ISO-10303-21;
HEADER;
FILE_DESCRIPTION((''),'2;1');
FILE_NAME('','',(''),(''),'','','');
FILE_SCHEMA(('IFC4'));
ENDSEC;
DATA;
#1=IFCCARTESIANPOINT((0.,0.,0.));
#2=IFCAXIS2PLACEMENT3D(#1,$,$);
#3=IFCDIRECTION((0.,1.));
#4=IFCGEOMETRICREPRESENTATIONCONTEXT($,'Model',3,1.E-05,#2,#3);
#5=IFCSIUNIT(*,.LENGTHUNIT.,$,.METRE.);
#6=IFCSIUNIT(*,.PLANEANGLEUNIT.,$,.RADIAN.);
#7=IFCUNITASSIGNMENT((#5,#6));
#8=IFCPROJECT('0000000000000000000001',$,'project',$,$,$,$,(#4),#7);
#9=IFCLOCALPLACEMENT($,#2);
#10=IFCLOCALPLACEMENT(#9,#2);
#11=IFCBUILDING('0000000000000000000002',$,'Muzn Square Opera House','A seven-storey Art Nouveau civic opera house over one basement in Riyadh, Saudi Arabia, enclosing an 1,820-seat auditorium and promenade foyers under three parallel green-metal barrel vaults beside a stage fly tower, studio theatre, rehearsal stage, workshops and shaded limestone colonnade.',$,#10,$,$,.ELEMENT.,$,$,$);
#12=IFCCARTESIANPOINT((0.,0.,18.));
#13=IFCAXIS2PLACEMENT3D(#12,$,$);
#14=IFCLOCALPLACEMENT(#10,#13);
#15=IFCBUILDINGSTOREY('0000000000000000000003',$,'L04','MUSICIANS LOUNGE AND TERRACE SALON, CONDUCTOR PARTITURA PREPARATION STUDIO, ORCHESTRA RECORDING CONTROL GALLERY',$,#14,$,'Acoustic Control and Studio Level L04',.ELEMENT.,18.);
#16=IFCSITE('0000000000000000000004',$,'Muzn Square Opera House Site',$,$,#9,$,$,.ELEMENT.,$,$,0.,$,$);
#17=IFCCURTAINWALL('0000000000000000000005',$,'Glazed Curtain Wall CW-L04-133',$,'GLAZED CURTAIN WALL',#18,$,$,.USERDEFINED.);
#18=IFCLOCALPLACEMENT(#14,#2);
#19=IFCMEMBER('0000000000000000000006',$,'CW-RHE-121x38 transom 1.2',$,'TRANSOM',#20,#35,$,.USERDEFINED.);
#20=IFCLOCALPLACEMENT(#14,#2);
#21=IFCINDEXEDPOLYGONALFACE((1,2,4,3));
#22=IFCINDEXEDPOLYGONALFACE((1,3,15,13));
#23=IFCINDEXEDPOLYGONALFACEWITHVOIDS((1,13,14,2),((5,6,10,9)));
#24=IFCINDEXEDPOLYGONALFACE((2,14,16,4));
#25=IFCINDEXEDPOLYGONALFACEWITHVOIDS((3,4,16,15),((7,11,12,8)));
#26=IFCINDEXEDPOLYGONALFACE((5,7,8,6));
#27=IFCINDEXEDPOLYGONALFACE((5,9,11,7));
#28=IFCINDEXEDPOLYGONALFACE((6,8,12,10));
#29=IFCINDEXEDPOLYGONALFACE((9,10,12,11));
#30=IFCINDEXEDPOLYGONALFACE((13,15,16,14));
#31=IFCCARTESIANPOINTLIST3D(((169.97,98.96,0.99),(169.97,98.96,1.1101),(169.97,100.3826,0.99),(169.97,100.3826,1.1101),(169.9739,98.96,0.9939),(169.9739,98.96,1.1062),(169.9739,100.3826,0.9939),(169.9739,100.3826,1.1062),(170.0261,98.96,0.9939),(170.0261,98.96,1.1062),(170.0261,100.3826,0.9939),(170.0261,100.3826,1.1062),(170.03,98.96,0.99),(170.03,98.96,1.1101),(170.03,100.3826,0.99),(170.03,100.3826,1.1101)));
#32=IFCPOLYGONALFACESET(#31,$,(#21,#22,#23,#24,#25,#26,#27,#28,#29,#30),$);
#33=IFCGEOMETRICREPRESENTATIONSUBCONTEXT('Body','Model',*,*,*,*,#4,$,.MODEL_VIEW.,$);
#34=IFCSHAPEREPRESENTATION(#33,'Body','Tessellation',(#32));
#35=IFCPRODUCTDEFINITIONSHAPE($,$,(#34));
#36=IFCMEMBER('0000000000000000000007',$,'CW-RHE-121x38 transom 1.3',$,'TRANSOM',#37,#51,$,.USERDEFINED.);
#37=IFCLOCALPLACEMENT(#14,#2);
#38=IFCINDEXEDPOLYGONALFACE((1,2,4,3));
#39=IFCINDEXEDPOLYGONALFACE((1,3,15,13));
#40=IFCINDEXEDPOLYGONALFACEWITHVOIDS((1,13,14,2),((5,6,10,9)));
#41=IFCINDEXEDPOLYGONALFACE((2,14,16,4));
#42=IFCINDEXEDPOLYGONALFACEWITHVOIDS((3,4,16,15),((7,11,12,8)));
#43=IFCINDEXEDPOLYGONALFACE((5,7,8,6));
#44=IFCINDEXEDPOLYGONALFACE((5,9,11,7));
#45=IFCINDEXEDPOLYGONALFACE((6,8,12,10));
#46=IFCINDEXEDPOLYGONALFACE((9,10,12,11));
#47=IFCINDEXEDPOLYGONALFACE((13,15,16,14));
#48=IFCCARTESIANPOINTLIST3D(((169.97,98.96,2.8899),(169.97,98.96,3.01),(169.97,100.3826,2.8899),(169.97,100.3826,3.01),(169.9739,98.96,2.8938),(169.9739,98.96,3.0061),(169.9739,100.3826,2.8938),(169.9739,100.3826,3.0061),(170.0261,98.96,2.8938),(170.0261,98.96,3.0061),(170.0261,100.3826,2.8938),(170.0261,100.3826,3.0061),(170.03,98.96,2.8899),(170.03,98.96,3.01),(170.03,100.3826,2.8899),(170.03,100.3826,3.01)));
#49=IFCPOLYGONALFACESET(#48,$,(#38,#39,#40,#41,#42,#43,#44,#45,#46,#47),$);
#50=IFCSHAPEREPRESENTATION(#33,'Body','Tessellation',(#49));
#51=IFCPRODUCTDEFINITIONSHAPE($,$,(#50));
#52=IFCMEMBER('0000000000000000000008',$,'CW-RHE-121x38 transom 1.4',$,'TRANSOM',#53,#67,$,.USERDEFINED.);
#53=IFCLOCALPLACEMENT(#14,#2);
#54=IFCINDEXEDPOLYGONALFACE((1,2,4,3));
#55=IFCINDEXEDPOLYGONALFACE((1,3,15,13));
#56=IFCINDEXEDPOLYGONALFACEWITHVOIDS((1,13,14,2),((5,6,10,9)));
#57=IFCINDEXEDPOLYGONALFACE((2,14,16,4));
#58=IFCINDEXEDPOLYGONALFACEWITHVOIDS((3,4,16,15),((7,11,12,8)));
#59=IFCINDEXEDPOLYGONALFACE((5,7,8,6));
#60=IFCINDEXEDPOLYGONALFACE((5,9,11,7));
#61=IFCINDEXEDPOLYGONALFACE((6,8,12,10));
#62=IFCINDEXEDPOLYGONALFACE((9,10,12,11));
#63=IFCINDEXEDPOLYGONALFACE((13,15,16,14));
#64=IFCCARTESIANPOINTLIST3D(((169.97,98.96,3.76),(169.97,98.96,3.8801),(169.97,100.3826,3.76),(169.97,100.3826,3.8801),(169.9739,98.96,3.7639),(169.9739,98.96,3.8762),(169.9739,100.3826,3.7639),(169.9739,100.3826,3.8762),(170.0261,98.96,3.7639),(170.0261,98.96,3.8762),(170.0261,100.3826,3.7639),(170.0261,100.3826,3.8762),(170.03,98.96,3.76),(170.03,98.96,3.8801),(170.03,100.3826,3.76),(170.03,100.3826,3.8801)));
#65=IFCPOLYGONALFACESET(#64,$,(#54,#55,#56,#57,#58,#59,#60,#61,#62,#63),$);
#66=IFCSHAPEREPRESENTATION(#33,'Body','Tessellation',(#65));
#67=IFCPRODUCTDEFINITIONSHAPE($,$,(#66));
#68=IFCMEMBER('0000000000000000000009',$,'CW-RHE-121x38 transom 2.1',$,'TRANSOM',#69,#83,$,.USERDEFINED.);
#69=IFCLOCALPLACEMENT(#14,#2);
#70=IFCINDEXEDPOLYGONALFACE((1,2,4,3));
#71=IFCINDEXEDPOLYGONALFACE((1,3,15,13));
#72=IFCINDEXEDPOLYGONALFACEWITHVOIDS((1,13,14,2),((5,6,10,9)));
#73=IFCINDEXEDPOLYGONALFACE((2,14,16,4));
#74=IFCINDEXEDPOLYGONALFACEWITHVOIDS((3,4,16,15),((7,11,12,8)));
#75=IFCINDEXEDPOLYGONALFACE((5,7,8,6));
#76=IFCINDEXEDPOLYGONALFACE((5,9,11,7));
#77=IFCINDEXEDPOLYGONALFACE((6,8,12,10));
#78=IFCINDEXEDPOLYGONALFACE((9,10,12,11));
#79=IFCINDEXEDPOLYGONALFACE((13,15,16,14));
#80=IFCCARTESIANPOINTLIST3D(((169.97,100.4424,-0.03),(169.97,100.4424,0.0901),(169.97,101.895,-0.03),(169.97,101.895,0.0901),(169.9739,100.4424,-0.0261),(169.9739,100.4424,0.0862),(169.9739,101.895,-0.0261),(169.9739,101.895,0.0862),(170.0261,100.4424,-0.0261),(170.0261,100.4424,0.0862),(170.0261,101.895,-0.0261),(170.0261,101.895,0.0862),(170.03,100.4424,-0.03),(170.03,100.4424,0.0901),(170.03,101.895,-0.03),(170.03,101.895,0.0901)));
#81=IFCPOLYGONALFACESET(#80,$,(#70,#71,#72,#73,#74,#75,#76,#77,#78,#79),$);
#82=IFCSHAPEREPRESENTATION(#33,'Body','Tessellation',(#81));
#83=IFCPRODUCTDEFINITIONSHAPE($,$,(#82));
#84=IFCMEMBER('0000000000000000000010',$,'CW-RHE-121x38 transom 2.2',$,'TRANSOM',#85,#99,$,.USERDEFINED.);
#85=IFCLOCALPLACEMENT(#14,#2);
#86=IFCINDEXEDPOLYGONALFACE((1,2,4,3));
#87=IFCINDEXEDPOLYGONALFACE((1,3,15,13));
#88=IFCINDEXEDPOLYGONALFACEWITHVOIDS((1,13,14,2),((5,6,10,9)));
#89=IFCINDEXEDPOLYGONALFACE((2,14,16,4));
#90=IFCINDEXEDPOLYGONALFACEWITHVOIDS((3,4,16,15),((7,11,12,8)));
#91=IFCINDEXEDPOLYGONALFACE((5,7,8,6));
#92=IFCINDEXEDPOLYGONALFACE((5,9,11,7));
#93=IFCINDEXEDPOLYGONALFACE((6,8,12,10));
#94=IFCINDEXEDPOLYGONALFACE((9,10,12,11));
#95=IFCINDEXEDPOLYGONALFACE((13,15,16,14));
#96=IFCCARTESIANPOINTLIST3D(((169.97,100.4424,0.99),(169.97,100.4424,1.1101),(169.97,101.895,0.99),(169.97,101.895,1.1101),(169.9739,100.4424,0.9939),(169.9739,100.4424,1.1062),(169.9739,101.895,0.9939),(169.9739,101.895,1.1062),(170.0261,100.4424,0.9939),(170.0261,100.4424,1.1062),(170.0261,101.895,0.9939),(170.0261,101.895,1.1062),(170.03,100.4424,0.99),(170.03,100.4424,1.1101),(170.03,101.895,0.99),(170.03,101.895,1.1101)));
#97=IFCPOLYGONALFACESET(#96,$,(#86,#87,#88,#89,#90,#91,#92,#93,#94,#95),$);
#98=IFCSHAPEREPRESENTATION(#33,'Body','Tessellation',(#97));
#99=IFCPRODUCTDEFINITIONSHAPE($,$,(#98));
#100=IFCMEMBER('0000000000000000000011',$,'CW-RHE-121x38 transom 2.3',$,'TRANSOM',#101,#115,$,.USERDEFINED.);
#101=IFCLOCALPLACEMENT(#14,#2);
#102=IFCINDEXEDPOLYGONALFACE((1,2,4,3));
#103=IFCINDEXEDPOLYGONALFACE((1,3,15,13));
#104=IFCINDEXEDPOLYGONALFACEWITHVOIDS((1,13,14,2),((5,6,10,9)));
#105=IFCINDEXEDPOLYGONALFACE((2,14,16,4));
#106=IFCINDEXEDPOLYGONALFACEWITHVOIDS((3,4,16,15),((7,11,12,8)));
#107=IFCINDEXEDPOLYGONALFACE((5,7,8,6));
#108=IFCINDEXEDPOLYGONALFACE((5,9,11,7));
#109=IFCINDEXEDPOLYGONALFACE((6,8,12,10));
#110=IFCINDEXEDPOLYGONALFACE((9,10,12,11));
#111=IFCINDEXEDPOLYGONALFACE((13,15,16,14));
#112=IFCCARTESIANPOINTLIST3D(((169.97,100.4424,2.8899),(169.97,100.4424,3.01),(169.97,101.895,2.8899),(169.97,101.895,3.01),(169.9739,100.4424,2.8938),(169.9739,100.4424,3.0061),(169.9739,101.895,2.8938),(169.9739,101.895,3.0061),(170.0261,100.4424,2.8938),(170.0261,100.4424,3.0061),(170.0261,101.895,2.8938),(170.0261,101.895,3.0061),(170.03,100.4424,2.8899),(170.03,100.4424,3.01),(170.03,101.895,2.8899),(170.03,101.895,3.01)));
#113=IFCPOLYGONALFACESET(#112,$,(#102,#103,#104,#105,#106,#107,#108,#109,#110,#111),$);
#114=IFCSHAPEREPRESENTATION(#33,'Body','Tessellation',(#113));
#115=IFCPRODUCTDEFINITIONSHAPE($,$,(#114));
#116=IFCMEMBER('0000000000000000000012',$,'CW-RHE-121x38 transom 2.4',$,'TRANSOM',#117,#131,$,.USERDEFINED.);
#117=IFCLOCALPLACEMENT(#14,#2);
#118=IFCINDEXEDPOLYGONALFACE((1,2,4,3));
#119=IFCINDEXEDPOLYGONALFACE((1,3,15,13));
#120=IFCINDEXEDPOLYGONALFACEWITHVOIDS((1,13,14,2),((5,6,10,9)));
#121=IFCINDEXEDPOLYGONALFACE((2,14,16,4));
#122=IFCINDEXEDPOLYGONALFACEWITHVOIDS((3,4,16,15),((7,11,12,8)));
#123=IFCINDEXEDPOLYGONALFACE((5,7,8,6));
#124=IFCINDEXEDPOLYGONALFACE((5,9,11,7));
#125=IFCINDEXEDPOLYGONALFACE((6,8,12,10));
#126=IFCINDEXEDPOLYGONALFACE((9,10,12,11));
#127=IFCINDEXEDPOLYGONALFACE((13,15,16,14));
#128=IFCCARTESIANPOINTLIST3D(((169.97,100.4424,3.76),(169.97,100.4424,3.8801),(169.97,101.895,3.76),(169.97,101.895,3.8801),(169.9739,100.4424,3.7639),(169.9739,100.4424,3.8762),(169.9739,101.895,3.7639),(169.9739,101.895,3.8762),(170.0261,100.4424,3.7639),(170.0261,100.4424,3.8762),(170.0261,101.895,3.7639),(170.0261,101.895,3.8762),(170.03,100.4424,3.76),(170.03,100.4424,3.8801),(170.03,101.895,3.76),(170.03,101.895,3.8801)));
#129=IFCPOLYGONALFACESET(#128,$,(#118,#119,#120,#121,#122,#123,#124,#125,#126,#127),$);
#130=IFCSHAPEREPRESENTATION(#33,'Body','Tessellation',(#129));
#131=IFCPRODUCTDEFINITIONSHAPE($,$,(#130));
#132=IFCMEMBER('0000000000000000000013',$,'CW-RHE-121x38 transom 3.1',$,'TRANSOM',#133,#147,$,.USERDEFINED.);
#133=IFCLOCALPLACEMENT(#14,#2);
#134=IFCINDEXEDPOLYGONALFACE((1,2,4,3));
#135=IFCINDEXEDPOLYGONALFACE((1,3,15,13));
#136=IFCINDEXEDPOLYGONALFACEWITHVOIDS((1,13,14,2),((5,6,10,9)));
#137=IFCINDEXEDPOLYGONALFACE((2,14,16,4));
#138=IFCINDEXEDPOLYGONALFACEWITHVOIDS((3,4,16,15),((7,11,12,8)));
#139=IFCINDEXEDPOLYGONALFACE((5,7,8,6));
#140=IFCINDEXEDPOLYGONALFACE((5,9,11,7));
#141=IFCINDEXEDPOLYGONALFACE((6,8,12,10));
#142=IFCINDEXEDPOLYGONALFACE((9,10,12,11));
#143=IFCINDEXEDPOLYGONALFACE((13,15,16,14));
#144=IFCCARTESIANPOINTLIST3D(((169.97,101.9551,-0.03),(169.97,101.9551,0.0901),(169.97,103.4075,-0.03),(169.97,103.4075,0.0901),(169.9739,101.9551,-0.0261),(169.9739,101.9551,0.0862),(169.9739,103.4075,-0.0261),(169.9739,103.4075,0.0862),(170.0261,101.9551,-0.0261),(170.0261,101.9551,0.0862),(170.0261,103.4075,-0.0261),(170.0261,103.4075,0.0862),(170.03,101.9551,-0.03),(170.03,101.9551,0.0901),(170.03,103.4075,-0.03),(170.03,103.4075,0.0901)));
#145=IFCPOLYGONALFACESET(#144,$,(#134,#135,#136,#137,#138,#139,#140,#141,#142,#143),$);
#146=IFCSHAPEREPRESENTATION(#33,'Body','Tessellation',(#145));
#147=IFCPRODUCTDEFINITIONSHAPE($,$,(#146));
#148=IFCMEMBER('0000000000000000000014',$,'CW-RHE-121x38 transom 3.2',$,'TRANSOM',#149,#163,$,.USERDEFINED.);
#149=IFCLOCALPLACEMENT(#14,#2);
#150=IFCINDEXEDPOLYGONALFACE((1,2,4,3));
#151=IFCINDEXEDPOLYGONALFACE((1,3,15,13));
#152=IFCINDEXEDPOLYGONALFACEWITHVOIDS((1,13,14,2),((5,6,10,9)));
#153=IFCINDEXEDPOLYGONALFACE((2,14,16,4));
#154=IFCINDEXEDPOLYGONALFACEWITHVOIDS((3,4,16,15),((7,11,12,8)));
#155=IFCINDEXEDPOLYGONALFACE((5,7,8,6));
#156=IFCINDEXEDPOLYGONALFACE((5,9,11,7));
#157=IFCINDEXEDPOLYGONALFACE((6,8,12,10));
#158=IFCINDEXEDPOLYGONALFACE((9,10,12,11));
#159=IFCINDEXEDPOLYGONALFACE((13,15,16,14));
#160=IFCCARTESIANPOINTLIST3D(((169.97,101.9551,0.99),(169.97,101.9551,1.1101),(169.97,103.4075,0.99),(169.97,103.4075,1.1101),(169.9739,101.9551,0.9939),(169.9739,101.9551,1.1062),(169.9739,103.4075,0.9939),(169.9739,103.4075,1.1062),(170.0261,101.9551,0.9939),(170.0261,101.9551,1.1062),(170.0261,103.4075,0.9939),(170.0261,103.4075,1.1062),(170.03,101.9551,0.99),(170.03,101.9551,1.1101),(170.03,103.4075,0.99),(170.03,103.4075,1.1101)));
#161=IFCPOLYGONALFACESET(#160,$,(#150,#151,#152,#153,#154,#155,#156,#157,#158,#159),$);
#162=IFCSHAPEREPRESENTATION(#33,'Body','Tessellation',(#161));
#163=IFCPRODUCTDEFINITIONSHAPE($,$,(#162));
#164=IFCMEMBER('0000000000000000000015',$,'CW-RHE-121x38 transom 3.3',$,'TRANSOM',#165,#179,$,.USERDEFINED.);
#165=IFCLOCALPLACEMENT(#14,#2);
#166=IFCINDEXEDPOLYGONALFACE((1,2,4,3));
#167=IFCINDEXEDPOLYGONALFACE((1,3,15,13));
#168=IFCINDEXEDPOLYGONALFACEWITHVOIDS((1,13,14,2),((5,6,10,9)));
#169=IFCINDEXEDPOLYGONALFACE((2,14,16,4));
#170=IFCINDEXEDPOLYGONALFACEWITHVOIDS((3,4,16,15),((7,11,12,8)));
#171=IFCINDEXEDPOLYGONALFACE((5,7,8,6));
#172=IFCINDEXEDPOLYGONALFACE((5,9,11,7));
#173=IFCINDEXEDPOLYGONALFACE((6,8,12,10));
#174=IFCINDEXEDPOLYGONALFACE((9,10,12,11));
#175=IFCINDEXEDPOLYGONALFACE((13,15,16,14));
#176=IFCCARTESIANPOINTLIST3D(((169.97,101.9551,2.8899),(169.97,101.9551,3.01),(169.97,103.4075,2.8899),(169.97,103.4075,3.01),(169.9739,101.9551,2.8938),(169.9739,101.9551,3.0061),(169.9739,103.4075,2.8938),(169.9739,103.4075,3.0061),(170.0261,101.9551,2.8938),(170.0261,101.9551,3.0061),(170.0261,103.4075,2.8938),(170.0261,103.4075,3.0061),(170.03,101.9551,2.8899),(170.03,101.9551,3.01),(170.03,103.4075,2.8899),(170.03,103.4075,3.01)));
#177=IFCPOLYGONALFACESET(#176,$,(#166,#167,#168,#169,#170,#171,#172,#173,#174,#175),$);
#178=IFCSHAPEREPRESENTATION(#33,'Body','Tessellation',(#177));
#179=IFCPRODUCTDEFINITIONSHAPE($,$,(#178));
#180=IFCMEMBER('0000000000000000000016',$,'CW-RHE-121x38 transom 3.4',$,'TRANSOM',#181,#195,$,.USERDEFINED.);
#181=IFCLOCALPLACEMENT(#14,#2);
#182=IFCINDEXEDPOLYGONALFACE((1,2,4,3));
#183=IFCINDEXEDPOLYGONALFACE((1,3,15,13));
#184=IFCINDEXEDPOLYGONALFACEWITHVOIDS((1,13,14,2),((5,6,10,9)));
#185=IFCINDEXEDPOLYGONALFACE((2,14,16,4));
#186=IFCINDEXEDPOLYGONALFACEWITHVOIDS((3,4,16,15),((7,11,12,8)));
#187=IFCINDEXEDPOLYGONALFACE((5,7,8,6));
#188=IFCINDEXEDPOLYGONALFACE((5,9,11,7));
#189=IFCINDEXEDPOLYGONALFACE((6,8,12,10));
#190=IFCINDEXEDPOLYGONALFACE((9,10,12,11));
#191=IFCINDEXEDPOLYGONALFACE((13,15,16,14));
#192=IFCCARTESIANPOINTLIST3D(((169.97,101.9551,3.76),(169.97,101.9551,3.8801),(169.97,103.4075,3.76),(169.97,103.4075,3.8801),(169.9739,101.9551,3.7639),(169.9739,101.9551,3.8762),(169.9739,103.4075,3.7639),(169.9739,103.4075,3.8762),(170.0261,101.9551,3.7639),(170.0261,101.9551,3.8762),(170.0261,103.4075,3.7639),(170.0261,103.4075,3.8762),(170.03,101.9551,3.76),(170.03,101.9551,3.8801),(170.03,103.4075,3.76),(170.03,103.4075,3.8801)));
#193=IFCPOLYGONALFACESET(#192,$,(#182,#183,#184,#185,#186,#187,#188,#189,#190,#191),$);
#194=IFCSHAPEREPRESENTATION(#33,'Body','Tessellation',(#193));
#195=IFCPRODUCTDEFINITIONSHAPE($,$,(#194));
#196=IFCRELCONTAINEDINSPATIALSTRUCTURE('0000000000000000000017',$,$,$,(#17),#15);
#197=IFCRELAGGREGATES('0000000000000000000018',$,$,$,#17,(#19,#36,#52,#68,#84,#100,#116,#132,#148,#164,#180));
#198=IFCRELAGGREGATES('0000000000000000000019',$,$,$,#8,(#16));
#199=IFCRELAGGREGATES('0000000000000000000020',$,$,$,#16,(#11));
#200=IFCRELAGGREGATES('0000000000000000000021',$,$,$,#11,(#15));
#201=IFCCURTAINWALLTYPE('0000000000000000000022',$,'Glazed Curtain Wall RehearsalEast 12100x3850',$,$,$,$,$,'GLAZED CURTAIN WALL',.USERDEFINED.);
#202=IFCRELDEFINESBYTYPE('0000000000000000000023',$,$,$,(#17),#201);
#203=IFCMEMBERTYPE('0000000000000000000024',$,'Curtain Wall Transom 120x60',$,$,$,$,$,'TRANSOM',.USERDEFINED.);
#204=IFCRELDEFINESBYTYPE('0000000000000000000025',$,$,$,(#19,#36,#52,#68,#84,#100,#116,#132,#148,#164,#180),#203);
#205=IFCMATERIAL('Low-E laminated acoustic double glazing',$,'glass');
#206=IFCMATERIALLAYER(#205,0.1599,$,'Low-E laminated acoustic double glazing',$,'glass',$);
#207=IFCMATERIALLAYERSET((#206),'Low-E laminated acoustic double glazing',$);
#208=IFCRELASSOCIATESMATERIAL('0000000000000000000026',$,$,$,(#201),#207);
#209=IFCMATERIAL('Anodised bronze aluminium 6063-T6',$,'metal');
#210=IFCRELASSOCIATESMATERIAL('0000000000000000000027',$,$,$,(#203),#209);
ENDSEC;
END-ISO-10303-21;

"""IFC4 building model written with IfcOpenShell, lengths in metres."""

from ifc_helpers import new_model, si_unit, direction, frame, origin, origin_2d, place, context, subcontext, project, spatial, hollow_rectangle, extrude, material, layer, layer_set, material_profile, profile_set, type_object, element, aggregate, save


model = new_model("IFC4")

# Units and contexts
model_context = context("Model", 3, precision=1e-05, world=origin(), true_north=direction((0.0, 1.0)))
body_context = subcontext(model_context, "Body", "Model", "MODEL_VIEW")
ifc_project = project(units=[si_unit("LENGTHUNIT", "METRE"), si_unit("PLANEANGLEUNIT", "RADIAN")], contexts=[model_context])

# Site, building, storey
site_placement = place(None, origin())
site = spatial("IfcSite", under=ifc_project, at=site_placement, Name="Muzn Square Opera House Site", CompositionType="ELEMENT", RefElevation=0.0)
building_placement = place(site_placement, origin())
building = spatial("IfcBuilding", under=site, at=building_placement, Name="Muzn Square Opera House", Description="A seven-storey Art Nouveau civic opera house over one basement in Riyadh, Saudi Arabia, enclosing an 1,820-seat auditorium and promenade foyers under three parallel green-metal barrel vaults beside a stage fly tower, studio theatre, rehearsal stage, workshops and shaded limestone colonnade.", CompositionType="ELEMENT")
storey_placement = place(building_placement, frame((0.0, 0.0, 18.0)))
storey = spatial("IfcBuildingStorey", under=building, at=storey_placement, Name="L04", Description="MUSICIANS LOUNGE AND TERRACE SALON, CONDUCTOR PARTITURA PREPARATION STUDIO, ORCHESTRA RECORDING CONTROL GALLERY", LongName="Acoustic Control and Studio Level L04", CompositionType="ELEMENT", Elevation=18.0)

# Shared definitions
ifc_material_1 = material(Name="Low-E laminated acoustic double glazing", Category="glass")
ifc_material_2 = material(Name="Anodised bronze aluminium 6063-T6", Category="metal")

# Curtain wall
ifc_layer_1 = layer(ifc_material_1, 0.1599, Name="Low-E laminated acoustic double glazing", Category="glass")
ifc_layer_set_1 = layer_set([ifc_layer_1], Name="Low-E laminated acoustic double glazing")
curtain_wall_type_1 = type_object("IfcCurtainWallType", Name="Glazed Curtain Wall RehearsalEast 12100x3850", ElementType="GLAZED CURTAIN WALL", PredefinedType="USERDEFINED", material=ifc_layer_set_1)
curtain_wall_1_placement = place(storey_placement, origin())
curtain_wall_1 = element("IfcCurtainWall", 1, at=curtain_wall_1_placement, inside=storey, type_object=curtain_wall_type_1, Name="Glazed Curtain Wall CW-L04-133", ObjectType="GLAZED CURTAIN WALL", PredefinedType="USERDEFINED")

# Members
ifc_material_profile_1 = material_profile(ifc_material_2, hollow_rectangle(XDim=0.0601, YDim=0.1201, WallThickness=0.0039, at=origin_2d()), Name="ALU 120x60x4", Category="metal")
ifc_profile_set_1 = profile_set([ifc_material_profile_1], Name="Anodised bronze aluminium 6063-T6")
member_type_1 = type_object("IfcMemberType", Name="Curtain Wall Transom 120x60", ElementType="TRANSOM", PredefinedType="USERDEFINED", material=ifc_profile_set_1)
member_1_placement = place(storey_placement, frame((170.0, 98.96, 1.05), z_axis=(0.0, 1.0, 0.0), x_axis=(-1.0, 0.0, 0.0)))
member_1 = element("IfcMember", 2, at=member_1_placement, type_object=member_type_1, Name="CW-RHE-121x38 transom 1.2", ObjectType="TRANSOM", PredefinedType="USERDEFINED", context=body_context, shape_type="SweptSolid", body=[
    extrude(hollow_rectangle(XDim=0.0601, YDim=0.1201, WallThickness=0.0039, at=origin_2d()), origin(), (0.0, 0.0, 1.0), 1.4226),
])
member_2_placement = place(storey_placement, frame((170.0, 98.96, 2.95), z_axis=(0.0, 1.0, 0.0), x_axis=(-1.0, 0.0, 0.0)))
member_2 = element("IfcMember", 3, at=member_2_placement, type_object=member_type_1, Name="CW-RHE-121x38 transom 1.3", ObjectType="TRANSOM", PredefinedType="USERDEFINED", context=body_context, shape_type="SweptSolid", body=[
    extrude(hollow_rectangle(XDim=0.0601, YDim=0.1201, WallThickness=0.0039, at=origin_2d()), origin(), (0.0, 0.0, 1.0), 1.4226),
])
member_3_placement = place(storey_placement, frame((170.0, 98.96, 3.8201), z_axis=(0.0, 1.0, 0.0), x_axis=(-1.0, 0.0, 0.0)))
member_3 = element("IfcMember", 4, at=member_3_placement, type_object=member_type_1, Name="CW-RHE-121x38 transom 1.4", ObjectType="TRANSOM", PredefinedType="USERDEFINED", context=body_context, shape_type="SweptSolid", body=[
    extrude(hollow_rectangle(XDim=0.0601, YDim=0.1201, WallThickness=0.0039, at=origin_2d()), origin(), (0.0, 0.0, 1.0), 1.4226),
])
member_4_placement = place(storey_placement, frame((170.0, 100.4424, 0.03), z_axis=(0.0, 1.0, 0.0), x_axis=(-1.0, 0.0, 0.0)))
member_4 = element("IfcMember", 5, at=member_4_placement, type_object=member_type_1, Name="CW-RHE-121x38 transom 2.1", ObjectType="TRANSOM", PredefinedType="USERDEFINED", context=body_context, shape_type="SweptSolid", body=[
    extrude(hollow_rectangle(XDim=0.0601, YDim=0.1201, WallThickness=0.0039, at=origin_2d()), origin(), (0.0, 0.0, 1.0), 1.4526),
])
member_5_placement = place(storey_placement, frame((170.0, 100.4424, 1.05), z_axis=(0.0, 1.0, 0.0), x_axis=(-1.0, 0.0, 0.0)))
member_5 = element("IfcMember", 6, at=member_5_placement, type_object=member_type_1, Name="CW-RHE-121x38 transom 2.2", ObjectType="TRANSOM", PredefinedType="USERDEFINED", context=body_context, shape_type="SweptSolid", body=[
    extrude(hollow_rectangle(XDim=0.0601, YDim=0.1201, WallThickness=0.0039, at=origin_2d()), origin(), (0.0, 0.0, 1.0), 1.4526),
])
member_6_placement = place(storey_placement, frame((170.0, 100.4424, 2.95), z_axis=(0.0, 1.0, 0.0), x_axis=(-1.0, 0.0, 0.0)))
member_6 = element("IfcMember", 7, at=member_6_placement, type_object=member_type_1, Name="CW-RHE-121x38 transom 2.3", ObjectType="TRANSOM", PredefinedType="USERDEFINED", context=body_context, shape_type="SweptSolid", body=[
    extrude(hollow_rectangle(XDim=0.0601, YDim=0.1201, WallThickness=0.0039, at=origin_2d()), origin(), (0.0, 0.0, 1.0), 1.4526),
])
member_7_placement = place(storey_placement, frame((170.0, 100.4424, 3.8201), z_axis=(0.0, 1.0, 0.0), x_axis=(-1.0, 0.0, 0.0)))
member_7 = element("IfcMember", 8, at=member_7_placement, type_object=member_type_1, Name="CW-RHE-121x38 transom 2.4", ObjectType="TRANSOM", PredefinedType="USERDEFINED", context=body_context, shape_type="SweptSolid", body=[
    extrude(hollow_rectangle(XDim=0.0601, YDim=0.1201, WallThickness=0.0039, at=origin_2d()), origin(), (0.0, 0.0, 1.0), 1.4526),
])
member_8_placement = place(storey_placement, frame((170.0, 101.9551, 0.03), z_axis=(0.0, 1.0, 0.0), x_axis=(-1.0, 0.0, 0.0)))
member_8 = element("IfcMember", 9, at=member_8_placement, type_object=member_type_1, Name="CW-RHE-121x38 transom 3.1", ObjectType="TRANSOM", PredefinedType="USERDEFINED", context=body_context, shape_type="SweptSolid", body=[
    extrude(hollow_rectangle(XDim=0.0601, YDim=0.1201, WallThickness=0.0039, at=origin_2d()), origin(), (0.0, 0.0, 1.0), 1.4524),
])
member_9_placement = place(storey_placement, frame((170.0, 101.9551, 1.05), z_axis=(0.0, 1.0, 0.0), x_axis=(-1.0, 0.0, 0.0)))
member_9 = element("IfcMember", 10, at=member_9_placement, type_object=member_type_1, Name="CW-RHE-121x38 transom 3.2", ObjectType="TRANSOM", PredefinedType="USERDEFINED", context=body_context, shape_type="SweptSolid", body=[
    extrude(hollow_rectangle(XDim=0.0601, YDim=0.1201, WallThickness=0.0039, at=origin_2d()), origin(), (0.0, 0.0, 1.0), 1.4524),
])
member_10_placement = place(storey_placement, frame((170.0, 101.9551, 2.95), z_axis=(0.0, 1.0, 0.0), x_axis=(-1.0, 0.0, 0.0)))
member_10 = element("IfcMember", 11, at=member_10_placement, type_object=member_type_1, Name="CW-RHE-121x38 transom 3.3", ObjectType="TRANSOM", PredefinedType="USERDEFINED", context=body_context, shape_type="SweptSolid", body=[
    extrude(hollow_rectangle(XDim=0.0601, YDim=0.1201, WallThickness=0.0039, at=origin_2d()), origin(), (0.0, 0.0, 1.0), 1.4524),
])
member_11_placement = place(storey_placement, frame((170.0, 101.9551, 3.8201), z_axis=(0.0, 1.0, 0.0), x_axis=(-1.0, 0.0, 0.0)))
member_11 = element("IfcMember", 12, at=member_11_placement, type_object=member_type_1, Name="CW-RHE-121x38 transom 3.4", ObjectType="TRANSOM", PredefinedType="USERDEFINED", context=body_context, shape_type="SweptSolid", body=[
    extrude(hollow_rectangle(XDim=0.0601, YDim=0.1201, WallThickness=0.0039, at=origin_2d()), origin(), (0.0, 0.0, 1.0), 1.4524),
])

aggregate(curtain_wall_1, [member_1, member_2, member_3, member_4, member_5, member_6, member_7, member_8, member_9, member_10, member_11])

save(model, "model.ifc")
